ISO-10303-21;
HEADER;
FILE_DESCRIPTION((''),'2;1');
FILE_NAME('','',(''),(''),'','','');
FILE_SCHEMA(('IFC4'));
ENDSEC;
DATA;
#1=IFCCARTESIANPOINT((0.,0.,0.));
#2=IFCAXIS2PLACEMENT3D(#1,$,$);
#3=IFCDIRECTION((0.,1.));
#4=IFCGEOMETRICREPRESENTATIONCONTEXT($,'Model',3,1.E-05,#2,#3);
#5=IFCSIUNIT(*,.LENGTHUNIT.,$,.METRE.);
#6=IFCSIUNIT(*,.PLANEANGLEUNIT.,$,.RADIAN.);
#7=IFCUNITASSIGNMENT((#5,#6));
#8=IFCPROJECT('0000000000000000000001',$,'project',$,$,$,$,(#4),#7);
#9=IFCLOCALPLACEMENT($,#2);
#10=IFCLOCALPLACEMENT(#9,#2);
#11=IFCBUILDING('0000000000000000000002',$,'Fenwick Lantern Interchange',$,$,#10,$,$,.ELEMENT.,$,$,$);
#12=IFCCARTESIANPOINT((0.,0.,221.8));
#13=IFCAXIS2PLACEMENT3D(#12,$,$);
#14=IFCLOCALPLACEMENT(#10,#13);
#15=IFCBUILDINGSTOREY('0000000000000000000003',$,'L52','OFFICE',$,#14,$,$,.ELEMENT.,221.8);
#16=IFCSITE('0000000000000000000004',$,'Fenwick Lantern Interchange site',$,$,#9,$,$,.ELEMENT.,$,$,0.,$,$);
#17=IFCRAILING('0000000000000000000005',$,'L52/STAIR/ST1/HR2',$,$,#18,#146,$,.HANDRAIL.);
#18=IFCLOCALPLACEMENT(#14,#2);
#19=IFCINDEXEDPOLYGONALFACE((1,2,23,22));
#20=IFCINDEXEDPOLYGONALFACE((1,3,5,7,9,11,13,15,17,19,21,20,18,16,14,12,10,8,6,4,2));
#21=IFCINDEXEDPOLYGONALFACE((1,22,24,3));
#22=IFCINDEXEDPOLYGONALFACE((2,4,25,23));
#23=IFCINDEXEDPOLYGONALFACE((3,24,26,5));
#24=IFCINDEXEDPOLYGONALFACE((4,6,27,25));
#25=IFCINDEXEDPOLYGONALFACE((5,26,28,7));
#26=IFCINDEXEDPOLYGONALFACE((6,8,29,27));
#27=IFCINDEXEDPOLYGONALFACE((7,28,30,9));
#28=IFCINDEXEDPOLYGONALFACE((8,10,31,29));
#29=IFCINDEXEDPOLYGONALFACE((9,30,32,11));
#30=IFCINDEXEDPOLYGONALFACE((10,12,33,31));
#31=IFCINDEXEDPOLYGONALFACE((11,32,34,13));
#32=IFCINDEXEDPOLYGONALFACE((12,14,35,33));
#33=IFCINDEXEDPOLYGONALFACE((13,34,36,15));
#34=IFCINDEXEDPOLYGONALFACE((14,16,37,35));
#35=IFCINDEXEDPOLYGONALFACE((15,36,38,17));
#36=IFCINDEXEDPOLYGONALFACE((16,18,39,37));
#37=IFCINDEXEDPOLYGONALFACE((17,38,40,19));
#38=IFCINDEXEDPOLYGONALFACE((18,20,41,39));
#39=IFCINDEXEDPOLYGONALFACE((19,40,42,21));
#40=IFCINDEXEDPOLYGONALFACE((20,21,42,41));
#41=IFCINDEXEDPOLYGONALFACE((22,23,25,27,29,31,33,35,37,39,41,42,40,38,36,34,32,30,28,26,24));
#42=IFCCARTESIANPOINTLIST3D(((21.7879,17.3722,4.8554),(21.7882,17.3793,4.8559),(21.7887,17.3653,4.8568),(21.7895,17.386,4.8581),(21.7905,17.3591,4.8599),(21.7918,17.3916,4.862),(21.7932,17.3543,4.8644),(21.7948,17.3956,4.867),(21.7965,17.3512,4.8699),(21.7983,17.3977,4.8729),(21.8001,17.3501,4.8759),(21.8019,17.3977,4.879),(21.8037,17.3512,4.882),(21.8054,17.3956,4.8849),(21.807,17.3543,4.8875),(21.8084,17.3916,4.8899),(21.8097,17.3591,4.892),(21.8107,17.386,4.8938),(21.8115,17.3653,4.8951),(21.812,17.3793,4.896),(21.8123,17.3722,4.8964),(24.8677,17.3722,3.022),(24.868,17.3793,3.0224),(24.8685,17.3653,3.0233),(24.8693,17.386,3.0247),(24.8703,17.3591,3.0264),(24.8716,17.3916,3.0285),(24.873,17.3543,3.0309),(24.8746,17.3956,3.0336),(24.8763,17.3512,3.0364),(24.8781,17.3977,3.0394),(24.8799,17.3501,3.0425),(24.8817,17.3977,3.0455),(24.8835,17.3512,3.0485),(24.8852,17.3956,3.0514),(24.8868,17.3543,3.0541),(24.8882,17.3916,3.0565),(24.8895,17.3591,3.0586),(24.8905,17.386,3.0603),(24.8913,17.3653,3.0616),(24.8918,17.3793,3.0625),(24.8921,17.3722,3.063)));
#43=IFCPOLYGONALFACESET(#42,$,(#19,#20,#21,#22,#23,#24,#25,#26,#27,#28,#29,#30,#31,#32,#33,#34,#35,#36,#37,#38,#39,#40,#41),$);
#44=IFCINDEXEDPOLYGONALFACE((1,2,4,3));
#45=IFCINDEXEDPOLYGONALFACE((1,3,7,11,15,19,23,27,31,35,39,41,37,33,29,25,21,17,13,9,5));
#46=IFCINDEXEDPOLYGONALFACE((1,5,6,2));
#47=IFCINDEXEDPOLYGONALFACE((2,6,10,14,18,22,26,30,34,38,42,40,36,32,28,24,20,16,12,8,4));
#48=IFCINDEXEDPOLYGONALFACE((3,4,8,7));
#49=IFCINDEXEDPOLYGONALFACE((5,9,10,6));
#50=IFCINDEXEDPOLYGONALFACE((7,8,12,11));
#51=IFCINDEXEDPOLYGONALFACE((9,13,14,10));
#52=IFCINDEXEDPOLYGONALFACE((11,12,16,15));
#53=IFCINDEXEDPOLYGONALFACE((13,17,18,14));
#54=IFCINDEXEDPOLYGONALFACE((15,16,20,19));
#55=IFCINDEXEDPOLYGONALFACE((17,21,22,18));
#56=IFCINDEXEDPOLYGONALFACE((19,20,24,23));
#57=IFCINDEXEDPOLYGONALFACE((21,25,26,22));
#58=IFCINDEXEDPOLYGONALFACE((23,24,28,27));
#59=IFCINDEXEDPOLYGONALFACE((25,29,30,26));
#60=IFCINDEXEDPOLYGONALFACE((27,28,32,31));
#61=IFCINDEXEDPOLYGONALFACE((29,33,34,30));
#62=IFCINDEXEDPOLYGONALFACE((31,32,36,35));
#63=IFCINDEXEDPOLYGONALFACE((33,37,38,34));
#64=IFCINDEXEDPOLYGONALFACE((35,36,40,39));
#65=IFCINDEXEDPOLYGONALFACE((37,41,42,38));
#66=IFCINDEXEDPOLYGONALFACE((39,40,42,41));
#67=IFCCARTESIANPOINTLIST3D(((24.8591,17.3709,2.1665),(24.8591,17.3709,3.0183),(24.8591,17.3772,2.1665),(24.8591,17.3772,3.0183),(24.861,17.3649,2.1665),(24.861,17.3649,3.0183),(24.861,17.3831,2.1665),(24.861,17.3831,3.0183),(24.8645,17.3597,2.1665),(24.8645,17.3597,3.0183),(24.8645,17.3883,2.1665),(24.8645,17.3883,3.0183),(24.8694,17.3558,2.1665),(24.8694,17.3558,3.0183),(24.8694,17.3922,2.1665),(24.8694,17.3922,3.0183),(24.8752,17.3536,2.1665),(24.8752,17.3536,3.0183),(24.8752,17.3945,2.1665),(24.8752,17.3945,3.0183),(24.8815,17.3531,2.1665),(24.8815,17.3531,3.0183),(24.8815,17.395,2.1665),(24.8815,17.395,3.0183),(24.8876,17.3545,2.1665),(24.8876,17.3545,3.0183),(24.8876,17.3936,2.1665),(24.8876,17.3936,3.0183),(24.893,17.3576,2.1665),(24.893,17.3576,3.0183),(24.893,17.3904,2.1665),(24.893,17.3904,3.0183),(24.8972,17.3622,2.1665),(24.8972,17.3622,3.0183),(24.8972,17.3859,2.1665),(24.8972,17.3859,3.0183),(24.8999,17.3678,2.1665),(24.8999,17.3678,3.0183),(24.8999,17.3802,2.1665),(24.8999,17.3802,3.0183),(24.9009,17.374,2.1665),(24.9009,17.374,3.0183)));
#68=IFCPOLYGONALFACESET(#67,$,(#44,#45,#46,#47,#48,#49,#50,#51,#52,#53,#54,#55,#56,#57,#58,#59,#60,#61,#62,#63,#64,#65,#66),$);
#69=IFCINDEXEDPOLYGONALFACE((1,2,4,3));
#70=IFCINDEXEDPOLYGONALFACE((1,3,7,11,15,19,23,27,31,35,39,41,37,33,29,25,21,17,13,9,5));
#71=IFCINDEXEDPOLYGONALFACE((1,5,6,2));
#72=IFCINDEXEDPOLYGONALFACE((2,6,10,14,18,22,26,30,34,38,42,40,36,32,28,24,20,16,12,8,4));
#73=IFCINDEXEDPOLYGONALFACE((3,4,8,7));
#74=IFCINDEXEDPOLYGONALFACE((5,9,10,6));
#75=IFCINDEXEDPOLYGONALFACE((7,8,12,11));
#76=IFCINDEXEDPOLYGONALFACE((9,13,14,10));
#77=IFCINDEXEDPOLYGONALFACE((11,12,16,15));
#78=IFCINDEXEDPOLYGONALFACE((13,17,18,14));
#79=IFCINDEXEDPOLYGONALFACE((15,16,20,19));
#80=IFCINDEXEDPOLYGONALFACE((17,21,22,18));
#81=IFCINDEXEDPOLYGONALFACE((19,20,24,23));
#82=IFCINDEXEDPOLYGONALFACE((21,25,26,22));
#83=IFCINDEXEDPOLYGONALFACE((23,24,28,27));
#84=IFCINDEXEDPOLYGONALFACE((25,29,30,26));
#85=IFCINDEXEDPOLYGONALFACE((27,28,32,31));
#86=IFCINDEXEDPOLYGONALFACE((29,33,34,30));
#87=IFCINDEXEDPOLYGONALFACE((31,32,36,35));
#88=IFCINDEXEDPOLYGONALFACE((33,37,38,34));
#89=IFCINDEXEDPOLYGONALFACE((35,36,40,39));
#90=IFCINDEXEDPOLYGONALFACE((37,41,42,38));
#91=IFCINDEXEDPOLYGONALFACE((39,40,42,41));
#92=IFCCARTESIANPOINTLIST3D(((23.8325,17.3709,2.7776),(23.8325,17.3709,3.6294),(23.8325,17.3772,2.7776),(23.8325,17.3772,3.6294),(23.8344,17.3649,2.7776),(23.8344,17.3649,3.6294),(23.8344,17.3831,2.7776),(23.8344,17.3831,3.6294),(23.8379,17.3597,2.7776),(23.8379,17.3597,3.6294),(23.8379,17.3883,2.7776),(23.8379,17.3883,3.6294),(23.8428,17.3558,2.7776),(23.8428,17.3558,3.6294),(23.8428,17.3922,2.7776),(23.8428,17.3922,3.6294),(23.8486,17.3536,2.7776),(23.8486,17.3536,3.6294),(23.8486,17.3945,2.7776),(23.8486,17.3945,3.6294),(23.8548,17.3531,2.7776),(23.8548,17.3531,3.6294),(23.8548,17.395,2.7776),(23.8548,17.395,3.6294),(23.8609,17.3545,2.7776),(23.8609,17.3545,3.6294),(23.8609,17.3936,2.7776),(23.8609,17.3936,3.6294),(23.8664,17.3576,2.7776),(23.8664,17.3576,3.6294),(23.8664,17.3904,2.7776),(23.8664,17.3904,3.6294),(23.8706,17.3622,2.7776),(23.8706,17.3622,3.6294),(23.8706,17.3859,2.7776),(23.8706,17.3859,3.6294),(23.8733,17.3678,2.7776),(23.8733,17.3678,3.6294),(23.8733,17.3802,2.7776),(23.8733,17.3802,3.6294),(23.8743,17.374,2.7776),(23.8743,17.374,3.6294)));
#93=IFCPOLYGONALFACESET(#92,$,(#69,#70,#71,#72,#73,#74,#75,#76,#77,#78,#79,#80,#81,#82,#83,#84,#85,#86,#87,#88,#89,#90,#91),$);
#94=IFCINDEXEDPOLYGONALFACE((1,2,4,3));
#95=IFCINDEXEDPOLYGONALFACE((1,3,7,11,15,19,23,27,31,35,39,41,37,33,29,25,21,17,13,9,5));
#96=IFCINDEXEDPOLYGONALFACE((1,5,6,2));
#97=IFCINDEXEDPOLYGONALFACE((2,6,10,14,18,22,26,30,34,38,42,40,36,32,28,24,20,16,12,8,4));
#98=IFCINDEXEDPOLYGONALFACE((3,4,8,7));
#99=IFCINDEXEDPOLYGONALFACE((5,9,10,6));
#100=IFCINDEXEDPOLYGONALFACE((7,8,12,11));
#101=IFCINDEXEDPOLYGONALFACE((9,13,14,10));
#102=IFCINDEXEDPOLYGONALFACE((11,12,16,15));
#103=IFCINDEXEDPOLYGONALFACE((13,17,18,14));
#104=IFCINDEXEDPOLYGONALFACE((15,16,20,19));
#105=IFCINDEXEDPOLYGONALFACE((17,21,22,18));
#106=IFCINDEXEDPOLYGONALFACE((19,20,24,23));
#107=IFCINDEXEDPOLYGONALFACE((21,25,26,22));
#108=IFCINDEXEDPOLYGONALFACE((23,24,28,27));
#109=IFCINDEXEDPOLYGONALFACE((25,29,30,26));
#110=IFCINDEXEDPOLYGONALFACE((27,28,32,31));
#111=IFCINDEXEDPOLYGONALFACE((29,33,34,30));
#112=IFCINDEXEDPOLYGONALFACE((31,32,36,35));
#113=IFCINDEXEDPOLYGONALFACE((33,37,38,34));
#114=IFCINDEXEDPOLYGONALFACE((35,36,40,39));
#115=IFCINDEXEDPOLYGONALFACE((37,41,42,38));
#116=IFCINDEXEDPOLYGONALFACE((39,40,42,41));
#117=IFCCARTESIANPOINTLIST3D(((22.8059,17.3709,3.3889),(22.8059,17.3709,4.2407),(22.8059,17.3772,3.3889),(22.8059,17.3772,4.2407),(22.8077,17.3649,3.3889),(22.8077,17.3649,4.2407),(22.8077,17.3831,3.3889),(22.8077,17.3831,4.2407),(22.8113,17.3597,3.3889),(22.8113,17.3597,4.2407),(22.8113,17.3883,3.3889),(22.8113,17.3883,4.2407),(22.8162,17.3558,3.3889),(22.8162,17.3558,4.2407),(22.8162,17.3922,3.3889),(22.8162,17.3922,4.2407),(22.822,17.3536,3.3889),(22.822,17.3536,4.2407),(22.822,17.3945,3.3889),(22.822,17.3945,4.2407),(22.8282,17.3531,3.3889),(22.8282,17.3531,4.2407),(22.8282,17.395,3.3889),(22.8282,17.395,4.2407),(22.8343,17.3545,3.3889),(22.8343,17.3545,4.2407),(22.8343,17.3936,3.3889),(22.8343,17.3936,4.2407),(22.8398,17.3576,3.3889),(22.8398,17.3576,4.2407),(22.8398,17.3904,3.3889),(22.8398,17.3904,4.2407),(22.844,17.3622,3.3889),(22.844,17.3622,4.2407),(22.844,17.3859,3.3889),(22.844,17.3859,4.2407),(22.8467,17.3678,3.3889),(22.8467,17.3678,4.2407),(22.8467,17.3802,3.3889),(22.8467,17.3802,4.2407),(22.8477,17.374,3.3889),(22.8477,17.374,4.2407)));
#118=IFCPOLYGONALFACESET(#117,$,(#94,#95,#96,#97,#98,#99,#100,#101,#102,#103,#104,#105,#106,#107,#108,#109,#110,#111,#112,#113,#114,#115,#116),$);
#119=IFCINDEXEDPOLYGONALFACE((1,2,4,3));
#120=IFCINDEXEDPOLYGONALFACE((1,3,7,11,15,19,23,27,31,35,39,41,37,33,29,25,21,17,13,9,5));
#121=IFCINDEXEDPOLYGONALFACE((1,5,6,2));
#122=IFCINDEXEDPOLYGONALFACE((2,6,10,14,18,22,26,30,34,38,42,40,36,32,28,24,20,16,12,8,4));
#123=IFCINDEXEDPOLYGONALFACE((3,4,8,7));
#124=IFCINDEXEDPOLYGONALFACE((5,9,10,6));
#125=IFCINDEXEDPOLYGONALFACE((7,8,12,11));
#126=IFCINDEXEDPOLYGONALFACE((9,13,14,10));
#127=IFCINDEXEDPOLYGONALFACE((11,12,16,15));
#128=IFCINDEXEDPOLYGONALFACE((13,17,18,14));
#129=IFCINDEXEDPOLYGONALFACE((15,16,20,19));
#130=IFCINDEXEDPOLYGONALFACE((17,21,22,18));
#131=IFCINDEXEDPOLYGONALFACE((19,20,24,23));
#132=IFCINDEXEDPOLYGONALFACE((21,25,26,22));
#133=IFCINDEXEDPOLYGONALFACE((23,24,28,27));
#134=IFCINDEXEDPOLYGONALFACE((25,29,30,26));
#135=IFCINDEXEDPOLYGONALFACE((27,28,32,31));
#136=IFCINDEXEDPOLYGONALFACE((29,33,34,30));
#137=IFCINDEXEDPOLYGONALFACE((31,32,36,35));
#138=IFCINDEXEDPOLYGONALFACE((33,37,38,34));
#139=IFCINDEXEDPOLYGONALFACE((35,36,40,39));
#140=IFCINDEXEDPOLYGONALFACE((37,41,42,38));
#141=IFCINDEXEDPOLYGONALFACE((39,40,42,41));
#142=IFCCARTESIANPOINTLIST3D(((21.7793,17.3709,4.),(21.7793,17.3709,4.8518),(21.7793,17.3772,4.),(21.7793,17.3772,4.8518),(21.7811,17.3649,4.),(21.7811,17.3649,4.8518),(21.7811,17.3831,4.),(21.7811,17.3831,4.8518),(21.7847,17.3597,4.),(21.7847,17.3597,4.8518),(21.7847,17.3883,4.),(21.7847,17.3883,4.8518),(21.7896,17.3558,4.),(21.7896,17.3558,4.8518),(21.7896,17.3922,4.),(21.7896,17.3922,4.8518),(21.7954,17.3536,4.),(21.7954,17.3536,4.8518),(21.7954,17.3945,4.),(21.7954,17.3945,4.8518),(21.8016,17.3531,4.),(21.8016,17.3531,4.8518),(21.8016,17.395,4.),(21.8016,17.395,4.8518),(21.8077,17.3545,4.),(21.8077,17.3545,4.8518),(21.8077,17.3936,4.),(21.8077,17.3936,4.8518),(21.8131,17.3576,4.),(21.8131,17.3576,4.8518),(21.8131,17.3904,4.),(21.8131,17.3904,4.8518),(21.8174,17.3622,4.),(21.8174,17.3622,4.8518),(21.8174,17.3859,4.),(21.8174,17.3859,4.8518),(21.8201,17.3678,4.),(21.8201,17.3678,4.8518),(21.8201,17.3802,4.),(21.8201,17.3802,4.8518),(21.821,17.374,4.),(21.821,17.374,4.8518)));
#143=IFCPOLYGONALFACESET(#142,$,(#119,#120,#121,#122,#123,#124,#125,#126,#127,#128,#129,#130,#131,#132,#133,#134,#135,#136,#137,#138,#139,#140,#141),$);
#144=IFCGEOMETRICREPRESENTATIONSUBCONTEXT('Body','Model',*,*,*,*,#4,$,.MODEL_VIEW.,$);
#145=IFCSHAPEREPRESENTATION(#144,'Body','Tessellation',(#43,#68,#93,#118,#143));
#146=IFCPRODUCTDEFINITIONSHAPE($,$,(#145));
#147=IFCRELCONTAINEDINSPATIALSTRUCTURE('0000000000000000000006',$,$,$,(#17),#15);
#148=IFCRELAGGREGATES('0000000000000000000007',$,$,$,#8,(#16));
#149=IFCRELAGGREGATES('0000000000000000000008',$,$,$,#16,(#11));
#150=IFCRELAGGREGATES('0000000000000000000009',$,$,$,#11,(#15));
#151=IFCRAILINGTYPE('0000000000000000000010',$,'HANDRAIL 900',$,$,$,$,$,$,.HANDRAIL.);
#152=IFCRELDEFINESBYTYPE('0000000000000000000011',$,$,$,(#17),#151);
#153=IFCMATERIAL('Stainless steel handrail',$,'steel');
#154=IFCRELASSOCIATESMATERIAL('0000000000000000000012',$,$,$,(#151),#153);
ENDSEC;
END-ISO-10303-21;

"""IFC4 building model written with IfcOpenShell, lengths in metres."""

from ifc_helpers import new_model, si_unit, direction, frame, origin, origin_2d, place, context, subcontext, project, spatial, circle, extrude, material, type_object, element, save


model = new_model("IFC4")

# Units and contexts
model_context = context("Model", 3, precision=1e-05, world=origin(), true_north=direction((0.0, 1.0)))
body_context = subcontext(model_context, "Body", "Model", "MODEL_VIEW")
ifc_project = project(units=[si_unit("LENGTHUNIT", "METRE"), si_unit("PLANEANGLEUNIT", "RADIAN")], contexts=[model_context])

# Site, building, storey
site_placement = place(None, origin())
site = spatial("IfcSite", under=ifc_project, at=site_placement, Name="Fenwick Lantern Interchange site", CompositionType="ELEMENT", RefElevation=0.0)
building_placement = place(site_placement, origin())
building = spatial("IfcBuilding", under=site, at=building_placement, Name="Fenwick Lantern Interchange", CompositionType="ELEMENT")
storey_placement = place(building_placement, frame((0.0, 0.0, 221.8)))
storey = spatial("IfcBuildingStorey", under=building, at=storey_placement, Name="L52", Description="OFFICE", CompositionType="ELEMENT", Elevation=221.8)

# Railing
ifc_material_1 = material(Name="Stainless steel handrail", Category="steel")
railing_type = type_object("IfcRailingType", Name="HANDRAIL 900", PredefinedType="HANDRAIL", material=ifc_material_1)
railing_1_placement = place(storey_placement, frame((24.8799, 17.374, 2.1665)))
element("IfcRailing", 1, at=railing_1_placement, inside=storey, type_object=railing_type, Name="L52/STAIR/ST1/HR2", PredefinedType="HANDRAIL", context=body_context, shape_type="SweptSolid", body=[
    extrude(circle(Radius=0.0239, at=origin_2d()), frame((0.0, 0.0, 0.876), z_axis=(-0.859261, 0.0, 0.511538), x_axis=(0.0, -1.0, 0.0)), (0.0, 0.0, 1.0), 3.5842),
    extrude(circle(Radius=0.021, at=origin_2d()), origin(), (0.0, 0.0, 1.0), 0.8518),
    extrude(circle(Radius=0.021, at=origin_2d()), frame((-1.0266, 0.0, 0.6111)), (0.0, 0.0, 1.0), 0.8518),
    extrude(circle(Radius=0.021, at=origin_2d()), frame((-2.0532, 0.0, 1.2224)), (0.0, 0.0, 1.0), 0.8518),
    extrude(circle(Radius=0.021, at=origin_2d()), frame((-3.0798, 0.0, 1.8335)), (0.0, 0.0, 1.0), 0.8518),
])

save(model, "model.ifc")
